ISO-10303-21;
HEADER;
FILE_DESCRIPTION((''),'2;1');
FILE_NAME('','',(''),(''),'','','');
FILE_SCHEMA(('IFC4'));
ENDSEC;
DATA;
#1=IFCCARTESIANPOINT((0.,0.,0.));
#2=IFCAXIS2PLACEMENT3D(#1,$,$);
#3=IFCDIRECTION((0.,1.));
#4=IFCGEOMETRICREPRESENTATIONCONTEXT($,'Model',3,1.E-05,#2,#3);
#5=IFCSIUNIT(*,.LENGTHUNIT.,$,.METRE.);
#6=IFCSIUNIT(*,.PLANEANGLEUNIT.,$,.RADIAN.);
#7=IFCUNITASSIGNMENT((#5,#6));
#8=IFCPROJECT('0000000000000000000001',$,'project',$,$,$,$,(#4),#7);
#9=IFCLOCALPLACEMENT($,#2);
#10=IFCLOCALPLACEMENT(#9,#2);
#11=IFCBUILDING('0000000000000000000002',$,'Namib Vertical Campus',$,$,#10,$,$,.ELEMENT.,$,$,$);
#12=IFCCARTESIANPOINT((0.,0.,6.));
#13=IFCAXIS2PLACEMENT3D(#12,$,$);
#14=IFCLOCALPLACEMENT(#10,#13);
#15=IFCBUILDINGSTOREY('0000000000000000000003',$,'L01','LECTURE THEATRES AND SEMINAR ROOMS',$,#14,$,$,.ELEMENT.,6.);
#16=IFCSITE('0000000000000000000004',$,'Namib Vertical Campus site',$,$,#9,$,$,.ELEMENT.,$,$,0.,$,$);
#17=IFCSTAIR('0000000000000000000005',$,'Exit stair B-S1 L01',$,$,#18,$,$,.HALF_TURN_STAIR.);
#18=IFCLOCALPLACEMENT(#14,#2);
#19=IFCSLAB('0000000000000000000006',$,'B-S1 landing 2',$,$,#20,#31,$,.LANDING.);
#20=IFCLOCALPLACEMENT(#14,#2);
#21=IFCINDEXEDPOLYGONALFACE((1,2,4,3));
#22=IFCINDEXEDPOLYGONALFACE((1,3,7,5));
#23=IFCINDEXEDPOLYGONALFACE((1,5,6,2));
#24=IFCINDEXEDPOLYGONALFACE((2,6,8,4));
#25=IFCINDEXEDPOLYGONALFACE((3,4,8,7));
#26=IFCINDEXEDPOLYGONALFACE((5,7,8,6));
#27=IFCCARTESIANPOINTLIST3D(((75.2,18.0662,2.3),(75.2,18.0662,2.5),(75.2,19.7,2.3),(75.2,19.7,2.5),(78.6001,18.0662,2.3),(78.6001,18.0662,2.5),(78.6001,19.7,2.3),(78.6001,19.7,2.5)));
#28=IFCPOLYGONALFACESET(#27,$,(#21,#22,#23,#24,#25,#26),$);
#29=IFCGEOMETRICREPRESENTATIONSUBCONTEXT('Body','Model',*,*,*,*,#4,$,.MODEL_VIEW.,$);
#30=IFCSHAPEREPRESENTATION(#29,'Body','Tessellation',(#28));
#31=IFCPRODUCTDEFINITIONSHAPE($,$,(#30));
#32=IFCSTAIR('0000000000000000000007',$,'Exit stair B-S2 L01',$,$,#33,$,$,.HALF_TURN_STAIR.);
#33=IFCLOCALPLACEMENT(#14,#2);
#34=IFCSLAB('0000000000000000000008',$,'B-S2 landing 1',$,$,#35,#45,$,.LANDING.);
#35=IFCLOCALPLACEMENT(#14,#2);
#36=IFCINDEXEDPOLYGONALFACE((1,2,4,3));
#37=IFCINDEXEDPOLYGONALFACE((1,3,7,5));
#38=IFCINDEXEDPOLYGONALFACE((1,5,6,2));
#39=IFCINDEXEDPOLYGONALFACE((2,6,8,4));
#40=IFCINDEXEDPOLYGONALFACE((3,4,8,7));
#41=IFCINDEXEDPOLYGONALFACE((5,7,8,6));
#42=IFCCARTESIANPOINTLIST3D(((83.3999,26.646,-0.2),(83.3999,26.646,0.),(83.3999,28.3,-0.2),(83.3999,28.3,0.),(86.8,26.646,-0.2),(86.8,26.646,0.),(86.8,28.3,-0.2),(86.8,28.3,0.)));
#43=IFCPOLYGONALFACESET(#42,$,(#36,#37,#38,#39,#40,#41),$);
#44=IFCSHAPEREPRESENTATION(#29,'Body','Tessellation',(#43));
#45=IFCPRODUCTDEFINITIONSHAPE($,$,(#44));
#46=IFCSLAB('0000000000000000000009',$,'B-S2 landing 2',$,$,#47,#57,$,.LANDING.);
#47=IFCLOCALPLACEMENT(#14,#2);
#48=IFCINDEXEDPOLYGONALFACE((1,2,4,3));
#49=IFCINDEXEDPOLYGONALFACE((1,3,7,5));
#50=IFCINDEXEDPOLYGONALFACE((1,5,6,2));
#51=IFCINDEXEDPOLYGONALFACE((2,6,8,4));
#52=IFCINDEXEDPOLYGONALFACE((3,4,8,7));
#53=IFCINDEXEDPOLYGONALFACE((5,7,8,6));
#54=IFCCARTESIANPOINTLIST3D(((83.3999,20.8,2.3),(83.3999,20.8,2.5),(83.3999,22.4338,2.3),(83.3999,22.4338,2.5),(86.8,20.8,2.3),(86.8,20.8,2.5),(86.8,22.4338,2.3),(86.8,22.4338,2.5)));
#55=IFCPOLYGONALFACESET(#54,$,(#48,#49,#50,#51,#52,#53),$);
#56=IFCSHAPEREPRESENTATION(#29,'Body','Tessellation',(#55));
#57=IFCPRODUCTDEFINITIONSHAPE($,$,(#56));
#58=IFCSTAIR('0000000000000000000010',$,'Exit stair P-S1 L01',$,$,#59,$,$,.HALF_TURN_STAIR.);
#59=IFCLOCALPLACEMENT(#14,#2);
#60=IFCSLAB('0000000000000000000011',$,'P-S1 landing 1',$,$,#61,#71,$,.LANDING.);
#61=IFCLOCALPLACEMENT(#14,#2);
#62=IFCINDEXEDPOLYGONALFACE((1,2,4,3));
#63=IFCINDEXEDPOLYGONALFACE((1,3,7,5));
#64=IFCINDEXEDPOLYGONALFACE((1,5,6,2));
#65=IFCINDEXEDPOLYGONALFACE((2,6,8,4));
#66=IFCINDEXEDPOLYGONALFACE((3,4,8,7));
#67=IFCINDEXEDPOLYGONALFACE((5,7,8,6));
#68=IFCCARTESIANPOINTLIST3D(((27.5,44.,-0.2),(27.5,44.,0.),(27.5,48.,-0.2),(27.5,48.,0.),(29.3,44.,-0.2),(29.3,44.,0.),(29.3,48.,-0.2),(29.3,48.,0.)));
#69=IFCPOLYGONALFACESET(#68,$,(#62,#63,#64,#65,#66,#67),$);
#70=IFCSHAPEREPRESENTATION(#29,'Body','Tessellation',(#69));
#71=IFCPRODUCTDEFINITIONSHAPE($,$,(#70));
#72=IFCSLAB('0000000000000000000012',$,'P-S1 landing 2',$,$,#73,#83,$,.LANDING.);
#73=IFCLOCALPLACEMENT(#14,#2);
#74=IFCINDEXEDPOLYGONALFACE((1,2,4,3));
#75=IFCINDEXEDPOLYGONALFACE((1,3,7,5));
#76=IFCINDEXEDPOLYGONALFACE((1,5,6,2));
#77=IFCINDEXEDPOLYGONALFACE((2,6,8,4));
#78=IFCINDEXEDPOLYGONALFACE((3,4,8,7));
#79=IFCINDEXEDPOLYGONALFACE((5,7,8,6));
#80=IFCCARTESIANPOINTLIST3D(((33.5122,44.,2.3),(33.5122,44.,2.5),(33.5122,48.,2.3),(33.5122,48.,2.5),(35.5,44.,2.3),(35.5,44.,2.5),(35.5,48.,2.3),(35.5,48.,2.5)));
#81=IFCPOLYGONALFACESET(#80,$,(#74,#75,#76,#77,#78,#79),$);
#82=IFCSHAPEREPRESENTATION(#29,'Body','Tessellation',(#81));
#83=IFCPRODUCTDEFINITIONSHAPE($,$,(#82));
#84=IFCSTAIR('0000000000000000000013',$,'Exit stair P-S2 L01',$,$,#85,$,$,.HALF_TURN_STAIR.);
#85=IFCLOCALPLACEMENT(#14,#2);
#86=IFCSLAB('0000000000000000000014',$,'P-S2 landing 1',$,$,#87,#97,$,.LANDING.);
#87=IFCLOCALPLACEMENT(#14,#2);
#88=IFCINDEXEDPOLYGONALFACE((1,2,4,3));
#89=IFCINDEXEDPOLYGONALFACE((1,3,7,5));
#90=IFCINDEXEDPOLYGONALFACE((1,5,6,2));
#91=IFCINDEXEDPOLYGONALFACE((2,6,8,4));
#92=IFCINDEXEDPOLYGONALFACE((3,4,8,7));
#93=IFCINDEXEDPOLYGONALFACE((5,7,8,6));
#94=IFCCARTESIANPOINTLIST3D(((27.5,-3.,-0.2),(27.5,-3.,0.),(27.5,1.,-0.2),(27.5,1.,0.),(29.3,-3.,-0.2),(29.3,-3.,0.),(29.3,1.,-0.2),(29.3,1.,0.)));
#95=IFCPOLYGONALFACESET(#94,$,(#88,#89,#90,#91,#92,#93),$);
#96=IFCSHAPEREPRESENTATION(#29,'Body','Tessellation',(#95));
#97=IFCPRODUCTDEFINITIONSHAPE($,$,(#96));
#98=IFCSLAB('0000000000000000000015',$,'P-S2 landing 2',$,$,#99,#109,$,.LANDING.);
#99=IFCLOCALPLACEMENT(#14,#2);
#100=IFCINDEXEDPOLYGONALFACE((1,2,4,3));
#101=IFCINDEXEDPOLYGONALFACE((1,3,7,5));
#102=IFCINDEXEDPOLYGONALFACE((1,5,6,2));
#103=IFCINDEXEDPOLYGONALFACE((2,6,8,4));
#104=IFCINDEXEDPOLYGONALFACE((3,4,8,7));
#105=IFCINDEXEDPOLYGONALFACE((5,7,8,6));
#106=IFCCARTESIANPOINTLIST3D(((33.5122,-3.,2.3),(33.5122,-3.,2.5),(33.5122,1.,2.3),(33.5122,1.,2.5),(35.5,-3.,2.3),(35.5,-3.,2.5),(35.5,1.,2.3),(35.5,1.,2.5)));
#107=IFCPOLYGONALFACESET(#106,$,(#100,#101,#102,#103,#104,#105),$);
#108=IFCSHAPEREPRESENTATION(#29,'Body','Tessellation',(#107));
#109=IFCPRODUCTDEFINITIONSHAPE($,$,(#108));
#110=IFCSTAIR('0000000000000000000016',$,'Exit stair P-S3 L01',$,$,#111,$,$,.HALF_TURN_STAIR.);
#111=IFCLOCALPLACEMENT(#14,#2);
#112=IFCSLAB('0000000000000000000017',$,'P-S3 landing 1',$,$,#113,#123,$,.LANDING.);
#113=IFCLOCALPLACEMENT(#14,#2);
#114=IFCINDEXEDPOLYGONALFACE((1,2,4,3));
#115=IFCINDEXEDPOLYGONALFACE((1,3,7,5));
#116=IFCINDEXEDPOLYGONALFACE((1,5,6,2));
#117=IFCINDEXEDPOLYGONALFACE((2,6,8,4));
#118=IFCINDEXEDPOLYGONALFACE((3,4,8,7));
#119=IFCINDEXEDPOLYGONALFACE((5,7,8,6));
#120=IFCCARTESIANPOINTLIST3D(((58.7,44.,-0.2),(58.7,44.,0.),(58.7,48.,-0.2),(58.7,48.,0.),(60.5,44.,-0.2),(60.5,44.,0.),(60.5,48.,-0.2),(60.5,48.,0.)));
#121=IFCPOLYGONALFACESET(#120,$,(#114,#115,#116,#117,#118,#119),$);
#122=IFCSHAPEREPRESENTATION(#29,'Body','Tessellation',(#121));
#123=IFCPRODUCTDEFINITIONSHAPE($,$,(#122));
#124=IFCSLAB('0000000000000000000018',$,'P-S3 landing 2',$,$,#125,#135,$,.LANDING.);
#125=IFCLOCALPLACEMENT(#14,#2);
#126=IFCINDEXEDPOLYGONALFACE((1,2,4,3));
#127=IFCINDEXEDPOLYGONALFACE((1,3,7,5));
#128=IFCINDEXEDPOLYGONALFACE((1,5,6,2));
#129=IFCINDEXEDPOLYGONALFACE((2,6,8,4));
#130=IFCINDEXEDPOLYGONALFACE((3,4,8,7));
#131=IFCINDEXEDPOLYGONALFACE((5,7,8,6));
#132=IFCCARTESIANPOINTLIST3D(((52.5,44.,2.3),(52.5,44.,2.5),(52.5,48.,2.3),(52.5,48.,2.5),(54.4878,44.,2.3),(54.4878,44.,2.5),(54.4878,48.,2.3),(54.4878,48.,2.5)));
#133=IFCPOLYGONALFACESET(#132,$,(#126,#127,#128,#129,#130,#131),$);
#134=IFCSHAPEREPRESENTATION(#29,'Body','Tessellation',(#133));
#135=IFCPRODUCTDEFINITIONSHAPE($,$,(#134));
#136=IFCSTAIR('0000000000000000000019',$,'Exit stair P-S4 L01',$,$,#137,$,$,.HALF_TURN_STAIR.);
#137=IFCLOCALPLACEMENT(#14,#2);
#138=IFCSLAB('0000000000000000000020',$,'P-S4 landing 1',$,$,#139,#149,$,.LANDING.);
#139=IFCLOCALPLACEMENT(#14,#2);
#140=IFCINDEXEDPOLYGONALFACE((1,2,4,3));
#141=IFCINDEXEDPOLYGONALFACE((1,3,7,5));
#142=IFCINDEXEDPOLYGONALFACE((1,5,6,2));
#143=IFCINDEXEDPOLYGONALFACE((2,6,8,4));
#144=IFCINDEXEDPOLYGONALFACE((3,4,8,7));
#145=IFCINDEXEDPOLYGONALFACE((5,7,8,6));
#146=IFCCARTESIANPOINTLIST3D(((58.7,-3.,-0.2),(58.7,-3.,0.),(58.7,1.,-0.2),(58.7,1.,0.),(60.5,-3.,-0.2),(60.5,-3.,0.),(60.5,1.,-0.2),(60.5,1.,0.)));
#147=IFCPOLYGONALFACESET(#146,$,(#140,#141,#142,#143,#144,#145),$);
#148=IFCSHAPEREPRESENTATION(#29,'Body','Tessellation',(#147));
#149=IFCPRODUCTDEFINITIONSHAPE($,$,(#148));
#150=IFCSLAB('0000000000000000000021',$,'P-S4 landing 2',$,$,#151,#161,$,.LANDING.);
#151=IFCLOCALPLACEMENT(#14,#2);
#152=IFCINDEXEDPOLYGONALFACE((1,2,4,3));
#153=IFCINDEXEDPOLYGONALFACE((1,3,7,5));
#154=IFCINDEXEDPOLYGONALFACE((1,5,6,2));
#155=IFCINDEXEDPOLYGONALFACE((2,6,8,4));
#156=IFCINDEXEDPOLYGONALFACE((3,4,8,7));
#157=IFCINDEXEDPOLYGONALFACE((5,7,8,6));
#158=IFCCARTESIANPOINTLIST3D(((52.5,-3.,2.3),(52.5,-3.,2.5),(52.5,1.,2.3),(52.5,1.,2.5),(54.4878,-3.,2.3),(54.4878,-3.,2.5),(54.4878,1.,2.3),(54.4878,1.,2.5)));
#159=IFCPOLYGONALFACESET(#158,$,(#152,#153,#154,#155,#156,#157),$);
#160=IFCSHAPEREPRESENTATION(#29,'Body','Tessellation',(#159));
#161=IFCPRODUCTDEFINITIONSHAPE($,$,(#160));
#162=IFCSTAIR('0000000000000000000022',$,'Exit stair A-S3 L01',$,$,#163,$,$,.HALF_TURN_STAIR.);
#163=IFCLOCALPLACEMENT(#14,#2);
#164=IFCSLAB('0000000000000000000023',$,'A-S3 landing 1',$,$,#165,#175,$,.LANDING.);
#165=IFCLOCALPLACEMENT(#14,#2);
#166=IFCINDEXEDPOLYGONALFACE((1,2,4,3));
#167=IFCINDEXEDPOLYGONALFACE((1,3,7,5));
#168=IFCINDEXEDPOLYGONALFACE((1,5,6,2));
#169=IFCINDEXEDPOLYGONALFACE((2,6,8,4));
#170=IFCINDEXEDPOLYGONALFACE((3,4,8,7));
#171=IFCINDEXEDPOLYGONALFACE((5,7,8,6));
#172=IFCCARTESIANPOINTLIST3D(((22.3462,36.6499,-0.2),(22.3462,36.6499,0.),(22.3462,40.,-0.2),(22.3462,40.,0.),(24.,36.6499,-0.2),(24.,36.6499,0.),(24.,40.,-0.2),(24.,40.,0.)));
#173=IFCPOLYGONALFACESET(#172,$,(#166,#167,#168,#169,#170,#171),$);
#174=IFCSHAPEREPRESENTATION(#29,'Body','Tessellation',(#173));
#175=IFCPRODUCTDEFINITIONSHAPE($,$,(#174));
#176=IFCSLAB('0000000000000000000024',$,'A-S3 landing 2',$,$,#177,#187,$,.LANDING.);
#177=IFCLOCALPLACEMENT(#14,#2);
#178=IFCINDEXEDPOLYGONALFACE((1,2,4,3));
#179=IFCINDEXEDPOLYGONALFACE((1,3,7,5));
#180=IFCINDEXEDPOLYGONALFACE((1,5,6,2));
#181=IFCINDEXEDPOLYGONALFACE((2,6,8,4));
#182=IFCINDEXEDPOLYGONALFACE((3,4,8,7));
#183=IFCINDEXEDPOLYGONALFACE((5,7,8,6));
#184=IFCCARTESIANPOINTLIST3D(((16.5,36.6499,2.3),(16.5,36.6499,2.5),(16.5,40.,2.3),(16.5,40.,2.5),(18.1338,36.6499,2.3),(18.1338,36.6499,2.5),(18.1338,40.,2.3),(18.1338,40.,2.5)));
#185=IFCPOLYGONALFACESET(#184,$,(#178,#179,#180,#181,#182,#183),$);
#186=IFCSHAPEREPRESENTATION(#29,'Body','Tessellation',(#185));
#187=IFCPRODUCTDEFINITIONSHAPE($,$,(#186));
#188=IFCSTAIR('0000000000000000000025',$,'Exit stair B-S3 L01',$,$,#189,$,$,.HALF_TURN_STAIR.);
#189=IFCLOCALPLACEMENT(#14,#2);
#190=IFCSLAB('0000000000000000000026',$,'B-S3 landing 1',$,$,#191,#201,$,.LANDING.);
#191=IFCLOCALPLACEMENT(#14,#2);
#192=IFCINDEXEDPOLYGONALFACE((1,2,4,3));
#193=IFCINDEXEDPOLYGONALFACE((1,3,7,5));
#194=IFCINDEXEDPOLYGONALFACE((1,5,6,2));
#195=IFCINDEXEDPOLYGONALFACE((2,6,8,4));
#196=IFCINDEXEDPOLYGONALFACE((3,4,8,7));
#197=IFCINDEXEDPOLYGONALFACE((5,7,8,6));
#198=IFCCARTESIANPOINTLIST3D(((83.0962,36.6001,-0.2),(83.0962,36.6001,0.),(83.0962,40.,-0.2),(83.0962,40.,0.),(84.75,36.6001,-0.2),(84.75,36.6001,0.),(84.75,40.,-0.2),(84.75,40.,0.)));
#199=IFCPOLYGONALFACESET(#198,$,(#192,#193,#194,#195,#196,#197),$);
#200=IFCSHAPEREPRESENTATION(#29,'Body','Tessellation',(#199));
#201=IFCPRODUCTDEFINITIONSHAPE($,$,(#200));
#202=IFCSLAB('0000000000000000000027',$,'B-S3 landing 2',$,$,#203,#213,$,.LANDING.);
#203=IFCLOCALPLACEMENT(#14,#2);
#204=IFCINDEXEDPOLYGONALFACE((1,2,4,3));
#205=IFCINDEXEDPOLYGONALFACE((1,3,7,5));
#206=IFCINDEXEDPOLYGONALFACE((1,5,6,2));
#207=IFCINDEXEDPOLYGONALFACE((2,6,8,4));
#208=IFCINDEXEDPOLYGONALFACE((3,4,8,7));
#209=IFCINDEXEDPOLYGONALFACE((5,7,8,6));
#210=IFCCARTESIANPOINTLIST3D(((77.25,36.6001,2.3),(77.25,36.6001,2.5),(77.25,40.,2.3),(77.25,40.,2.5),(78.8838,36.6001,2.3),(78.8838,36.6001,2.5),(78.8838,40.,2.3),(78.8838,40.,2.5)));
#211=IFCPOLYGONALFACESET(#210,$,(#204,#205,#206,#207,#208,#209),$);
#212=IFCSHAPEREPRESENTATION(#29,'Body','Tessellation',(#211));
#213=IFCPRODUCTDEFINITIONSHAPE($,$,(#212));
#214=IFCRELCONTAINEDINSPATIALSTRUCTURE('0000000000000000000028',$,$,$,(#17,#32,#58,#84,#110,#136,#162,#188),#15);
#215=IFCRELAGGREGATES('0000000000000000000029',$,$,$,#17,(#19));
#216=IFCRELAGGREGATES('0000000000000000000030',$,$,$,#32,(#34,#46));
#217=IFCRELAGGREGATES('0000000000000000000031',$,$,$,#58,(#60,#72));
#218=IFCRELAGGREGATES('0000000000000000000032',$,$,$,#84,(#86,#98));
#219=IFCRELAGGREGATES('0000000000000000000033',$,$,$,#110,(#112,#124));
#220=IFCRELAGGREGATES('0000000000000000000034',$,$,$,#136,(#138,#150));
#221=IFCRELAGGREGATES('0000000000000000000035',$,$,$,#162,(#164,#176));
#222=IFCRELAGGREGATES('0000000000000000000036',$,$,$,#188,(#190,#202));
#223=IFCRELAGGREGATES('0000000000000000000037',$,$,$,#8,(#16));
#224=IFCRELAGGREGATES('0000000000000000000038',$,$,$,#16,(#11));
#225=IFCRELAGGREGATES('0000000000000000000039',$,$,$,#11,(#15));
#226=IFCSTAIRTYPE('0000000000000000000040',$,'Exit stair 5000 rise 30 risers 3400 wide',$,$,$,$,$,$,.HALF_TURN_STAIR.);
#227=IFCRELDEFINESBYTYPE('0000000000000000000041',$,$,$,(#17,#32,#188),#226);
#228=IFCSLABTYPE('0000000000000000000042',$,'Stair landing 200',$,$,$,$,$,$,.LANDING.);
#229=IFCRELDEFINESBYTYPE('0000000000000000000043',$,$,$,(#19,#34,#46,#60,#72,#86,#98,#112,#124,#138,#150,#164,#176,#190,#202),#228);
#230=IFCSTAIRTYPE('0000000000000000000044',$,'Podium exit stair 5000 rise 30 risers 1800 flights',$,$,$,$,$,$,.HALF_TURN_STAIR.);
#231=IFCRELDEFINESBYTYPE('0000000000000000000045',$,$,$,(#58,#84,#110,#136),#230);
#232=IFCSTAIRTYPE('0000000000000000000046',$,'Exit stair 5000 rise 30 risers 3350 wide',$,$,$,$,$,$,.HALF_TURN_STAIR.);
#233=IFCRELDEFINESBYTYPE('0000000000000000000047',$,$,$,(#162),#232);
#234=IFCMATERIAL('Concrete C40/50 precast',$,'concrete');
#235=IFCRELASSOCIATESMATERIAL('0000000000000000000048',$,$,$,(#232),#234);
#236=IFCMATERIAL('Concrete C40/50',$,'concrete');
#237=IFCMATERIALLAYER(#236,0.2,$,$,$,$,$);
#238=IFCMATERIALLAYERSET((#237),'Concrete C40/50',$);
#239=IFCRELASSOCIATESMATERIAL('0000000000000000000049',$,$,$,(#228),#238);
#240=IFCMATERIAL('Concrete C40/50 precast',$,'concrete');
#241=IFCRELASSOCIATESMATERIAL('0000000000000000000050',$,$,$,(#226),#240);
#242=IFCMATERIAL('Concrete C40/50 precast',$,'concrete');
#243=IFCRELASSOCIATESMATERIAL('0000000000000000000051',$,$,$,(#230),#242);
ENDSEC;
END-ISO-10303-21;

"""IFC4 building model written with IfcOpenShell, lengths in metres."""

from ifc_helpers import new_model, si_unit, direction, frame, origin, place, context, subcontext, project, spatial, polyline, outline, extrude, material, layer, layer_set, type_object, element, aggregate, save


model = new_model("IFC4")

# Units and contexts
model_context = context("Model", 3, precision=1e-05, world=origin(), true_north=direction((0.0, 1.0)))
body_context = subcontext(model_context, "Body", "Model", "MODEL_VIEW")
ifc_project = project(units=[si_unit("LENGTHUNIT", "METRE"), si_unit("PLANEANGLEUNIT", "RADIAN")], contexts=[model_context])

# Site, building, storey
site_placement = place(None, origin())
site = spatial("IfcSite", under=ifc_project, at=site_placement, Name="Namib Vertical Campus site", CompositionType="ELEMENT", RefElevation=0.0)
building_placement = place(site_placement, origin())
building = spatial("IfcBuilding", under=site, at=building_placement, Name="Namib Vertical Campus", CompositionType="ELEMENT")
storey_placement = place(building_placement, frame((0.0, 0.0, 6.0)))
storey = spatial("IfcBuildingStorey", under=building, at=storey_placement, Name="L01", Description="LECTURE THEATRES AND SEMINAR ROOMS", CompositionType="ELEMENT", Elevation=6.0)

# Stairs, slabs
ifc_material_1 = material(Name="Concrete C40/50 precast", Category="concrete")
stair_type_1 = type_object("IfcStairType", Name="Exit stair 5000 rise 30 risers 3350 wide", PredefinedType="HALF_TURN_STAIR", material=ifc_material_1)
ifc_material_2 = material(Name="Concrete C40/50", Category="concrete")
ifc_layer_1 = layer(ifc_material_2, 0.2)
ifc_layer_set_1 = layer_set([ifc_layer_1], Name="Concrete C40/50")
slab_type_1 = type_object("IfcSlabType", Name="Stair landing 200", PredefinedType="LANDING", material=ifc_layer_set_1)
ifc_material_3 = material(Name="Concrete C40/50 precast", Category="concrete")
stair_type_2 = type_object("IfcStairType", Name="Exit stair 5000 rise 30 risers 3400 wide", PredefinedType="HALF_TURN_STAIR", material=ifc_material_3)
stair_1_placement = place(storey_placement, origin())
stair_1 = element("IfcStair", 1, at=stair_1_placement, inside=storey, type_object=stair_type_2, Name="Exit stair B-S1 L01", PredefinedType="HALF_TURN_STAIR")
slab_1_placement = place(storey_placement, frame((0.0, 0.0, 2.3)))
slab_1 = element("IfcSlab", 2, at=slab_1_placement, type_object=slab_type_1, Name="B-S1 landing 2", PredefinedType="LANDING", context=body_context, shape_type="SweptSolid", body=[
    extrude(outline(polyline([(75.2, 18.0662), (78.6001, 18.0662), (78.6001, 19.7), (75.2, 19.7), (75.2, 18.0662)])), origin(), (0.0, 0.0, 1.0), 0.2),
])
aggregate(stair_1, [slab_1])
stair_2_placement = place(storey_placement, origin())
stair_2 = element("IfcStair", 3, at=stair_2_placement, inside=storey, type_object=stair_type_2, Name="Exit stair B-S2 L01", PredefinedType="HALF_TURN_STAIR")
slab_2_placement = place(storey_placement, frame((0.0, 0.0, -0.2)))
slab_2 = element("IfcSlab", 4, at=slab_2_placement, type_object=slab_type_1, Name="B-S2 landing 1", PredefinedType="LANDING", context=body_context, shape_type="SweptSolid", body=[
    extrude(outline(polyline([(83.3999, 26.646), (86.8, 26.646), (86.8, 28.3), (83.3999, 28.3), (83.3999, 26.646)])), origin(), (0.0, 0.0, 1.0), 0.2),
])
slab_3_placement = place(storey_placement, frame((0.0, 0.0, 2.3)))
slab_3 = element("IfcSlab", 5, at=slab_3_placement, type_object=slab_type_1, Name="B-S2 landing 2", PredefinedType="LANDING", context=body_context, shape_type="SweptSolid", body=[
    extrude(outline(polyline([(83.3999, 20.8), (86.8, 20.8), (86.8, 22.4338), (83.3999, 22.4338), (83.3999, 20.8)])), origin(), (0.0, 0.0, 1.0), 0.2),
])
aggregate(stair_2, [slab_2, slab_3])
ifc_material_4 = material(Name="Concrete C40/50 precast", Category="concrete")
stair_type_3 = type_object("IfcStairType", Name="Podium exit stair 5000 rise 30 risers 1800 flights", PredefinedType="HALF_TURN_STAIR", material=ifc_material_4)
stair_3_placement = place(storey_placement, origin())
stair_3 = element("IfcStair", 6, at=stair_3_placement, inside=storey, type_object=stair_type_3, Name="Exit stair P-S1 L01", PredefinedType="HALF_TURN_STAIR")
slab_4_placement = place(storey_placement, frame((0.0, 0.0, -0.2)))
slab_4 = element("IfcSlab", 7, at=slab_4_placement, type_object=slab_type_1, Name="P-S1 landing 1", PredefinedType="LANDING", context=body_context, shape_type="SweptSolid", body=[
    extrude(outline(polyline([(27.5, 44.0), (27.5, 48.0), (29.3, 48.0), (29.3, 44.0), (27.5, 44.0)])), origin(), (0.0, 0.0, 1.0), 0.2),
])
slab_5_placement = place(storey_placement, frame((0.0, 0.0, 2.3)))
slab_5 = element("IfcSlab", 8, at=slab_5_placement, type_object=slab_type_1, Name="P-S1 landing 2", PredefinedType="LANDING", context=body_context, shape_type="SweptSolid", body=[
    extrude(outline(polyline([(33.5122, 44.0), (33.5122, 48.0), (35.5, 48.0), (35.5, 44.0), (33.5122, 44.0)])), origin(), (0.0, 0.0, 1.0), 0.2),
])
aggregate(stair_3, [slab_4, slab_5])
stair_4_placement = place(storey_placement, origin())
stair_4 = element("IfcStair", 9, at=stair_4_placement, inside=storey, type_object=stair_type_3, Name="Exit stair P-S2 L01", PredefinedType="HALF_TURN_STAIR")
slab_6_placement = place(storey_placement, frame((0.0, 0.0, -0.2)))
slab_6 = element("IfcSlab", 10, at=slab_6_placement, type_object=slab_type_1, Name="P-S2 landing 1", PredefinedType="LANDING", context=body_context, shape_type="SweptSolid", body=[
    extrude(outline(polyline([(27.5, -3.0), (27.5, 1.0), (29.3, 1.0), (29.3, -3.0), (27.5, -3.0)])), origin(), (0.0, 0.0, 1.0), 0.2),
])
slab_7_placement = place(storey_placement, frame((0.0, 0.0, 2.3)))
slab_7 = element("IfcSlab", 11, at=slab_7_placement, type_object=slab_type_1, Name="P-S2 landing 2", PredefinedType="LANDING", context=body_context, shape_type="SweptSolid", body=[
    extrude(outline(polyline([(33.5122, -3.0), (33.5122, 1.0), (35.5, 1.0), (35.5, -3.0), (33.5122, -3.0)])), origin(), (0.0, 0.0, 1.0), 0.2),
])
aggregate(stair_4, [slab_6, slab_7])
stair_5_placement = place(storey_placement, origin())
stair_5 = element("IfcStair", 12, at=stair_5_placement, inside=storey, type_object=stair_type_3, Name="Exit stair P-S3 L01", PredefinedType="HALF_TURN_STAIR")
slab_8_placement = place(storey_placement, frame((0.0, 0.0, -0.2)))
slab_8 = element("IfcSlab", 13, at=slab_8_placement, type_object=slab_type_1, Name="P-S3 landing 1", PredefinedType="LANDING", context=body_context, shape_type="SweptSolid", body=[
    extrude(outline(polyline([(58.7, 44.0), (58.7, 48.0), (60.5, 48.0), (60.5, 44.0), (58.7, 44.0)])), origin(), (0.0, 0.0, 1.0), 0.2),
])
slab_9_placement = place(storey_placement, frame((0.0, 0.0, 2.3)))
slab_9 = element("IfcSlab", 14, at=slab_9_placement, type_object=slab_type_1, Name="P-S3 landing 2", PredefinedType="LANDING", context=body_context, shape_type="SweptSolid", body=[
    extrude(outline(polyline([(52.5, 44.0), (52.5, 48.0), (54.4878, 48.0), (54.4878, 44.0), (52.5, 44.0)])), origin(), (0.0, 0.0, 1.0), 0.2),
])
aggregate(stair_5, [slab_8, slab_9])
stair_6_placement = place(storey_placement, origin())
stair_6 = element("IfcStair", 15, at=stair_6_placement, inside=storey, type_object=stair_type_3, Name="Exit stair P-S4 L01", PredefinedType="HALF_TURN_STAIR")
slab_10_placement = place(storey_placement, frame((0.0, 0.0, -0.2)))
slab_10 = element("IfcSlab", 16, at=slab_10_placement, type_object=slab_type_1, Name="P-S4 landing 1", PredefinedType="LANDING", context=body_context, shape_type="SweptSolid", body=[
    extrude(outline(polyline([(58.7, -3.0), (58.7, 1.0), (60.5, 1.0), (60.5, -3.0), (58.7, -3.0)])), origin(), (0.0, 0.0, 1.0), 0.2),
])
slab_11_placement = place(storey_placement, frame((0.0, 0.0, 2.3)))
slab_11 = element("IfcSlab", 17, at=slab_11_placement, type_object=slab_type_1, Name="P-S4 landing 2", PredefinedType="LANDING", context=body_context, shape_type="SweptSolid", body=[
    extrude(outline(polyline([(52.5, -3.0), (52.5, 1.0), (54.4878, 1.0), (54.4878, -3.0), (52.5, -3.0)])), origin(), (0.0, 0.0, 1.0), 0.2),
])
aggregate(stair_6, [slab_10, slab_11])
stair_7_placement = place(storey_placement, origin())
stair_7 = element("IfcStair", 18, at=stair_7_placement, inside=storey, type_object=stair_type_1, Name="Exit stair A-S3 L01", PredefinedType="HALF_TURN_STAIR")
slab_12_placement = place(storey_placement, frame((0.0, 0.0, -0.2)))
slab_12 = element("IfcSlab", 19, at=slab_12_placement, type_object=slab_type_1, Name="A-S3 landing 1", PredefinedType="LANDING", context=body_context, shape_type="SweptSolid", body=[
    extrude(outline(polyline([(22.3462, 36.6499), (22.3462, 40.0), (24.0, 40.0), (24.0, 36.6499), (22.3462, 36.6499)])), origin(), (0.0, 0.0, 1.0), 0.2),
])
slab_13_placement = place(storey_placement, frame((0.0, 0.0, 2.3)))
slab_13 = element("IfcSlab", 20, at=slab_13_placement, type_object=slab_type_1, Name="A-S3 landing 2", PredefinedType="LANDING", context=body_context, shape_type="SweptSolid", body=[
    extrude(outline(polyline([(16.5, 36.6499), (16.5, 40.0), (18.1338, 40.0), (18.1338, 36.6499), (16.5, 36.6499)])), origin(), (0.0, 0.0, 1.0), 0.2),
])
aggregate(stair_7, [slab_12, slab_13])
stair_8_placement = place(storey_placement, origin())
stair_8 = element("IfcStair", 21, at=stair_8_placement, inside=storey, type_object=stair_type_2, Name="Exit stair B-S3 L01", PredefinedType="HALF_TURN_STAIR")
slab_14_placement = place(storey_placement, frame((0.0, 0.0, -0.2)))
slab_14 = element("IfcSlab", 22, at=slab_14_placement, type_object=slab_type_1, Name="B-S3 landing 1", PredefinedType="LANDING", context=body_context, shape_type="SweptSolid", body=[
    extrude(outline(polyline([(83.0962, 36.6001), (83.0962, 40.0), (84.75, 40.0), (84.75, 36.6001), (83.0962, 36.6001)])), origin(), (0.0, 0.0, 1.0), 0.2),
])
slab_15_placement = place(storey_placement, frame((0.0, 0.0, 2.3)))
slab_15 = element("IfcSlab", 23, at=slab_15_placement, type_object=slab_type_1, Name="B-S3 landing 2", PredefinedType="LANDING", context=body_context, shape_type="SweptSolid", body=[
    extrude(outline(polyline([(77.25, 36.6001), (77.25, 40.0), (78.8838, 40.0), (78.8838, 36.6001), (77.25, 36.6001)])), origin(), (0.0, 0.0, 1.0), 0.2),
])
aggregate(stair_8, [slab_14, slab_15])

save(model, "model.ifc")
